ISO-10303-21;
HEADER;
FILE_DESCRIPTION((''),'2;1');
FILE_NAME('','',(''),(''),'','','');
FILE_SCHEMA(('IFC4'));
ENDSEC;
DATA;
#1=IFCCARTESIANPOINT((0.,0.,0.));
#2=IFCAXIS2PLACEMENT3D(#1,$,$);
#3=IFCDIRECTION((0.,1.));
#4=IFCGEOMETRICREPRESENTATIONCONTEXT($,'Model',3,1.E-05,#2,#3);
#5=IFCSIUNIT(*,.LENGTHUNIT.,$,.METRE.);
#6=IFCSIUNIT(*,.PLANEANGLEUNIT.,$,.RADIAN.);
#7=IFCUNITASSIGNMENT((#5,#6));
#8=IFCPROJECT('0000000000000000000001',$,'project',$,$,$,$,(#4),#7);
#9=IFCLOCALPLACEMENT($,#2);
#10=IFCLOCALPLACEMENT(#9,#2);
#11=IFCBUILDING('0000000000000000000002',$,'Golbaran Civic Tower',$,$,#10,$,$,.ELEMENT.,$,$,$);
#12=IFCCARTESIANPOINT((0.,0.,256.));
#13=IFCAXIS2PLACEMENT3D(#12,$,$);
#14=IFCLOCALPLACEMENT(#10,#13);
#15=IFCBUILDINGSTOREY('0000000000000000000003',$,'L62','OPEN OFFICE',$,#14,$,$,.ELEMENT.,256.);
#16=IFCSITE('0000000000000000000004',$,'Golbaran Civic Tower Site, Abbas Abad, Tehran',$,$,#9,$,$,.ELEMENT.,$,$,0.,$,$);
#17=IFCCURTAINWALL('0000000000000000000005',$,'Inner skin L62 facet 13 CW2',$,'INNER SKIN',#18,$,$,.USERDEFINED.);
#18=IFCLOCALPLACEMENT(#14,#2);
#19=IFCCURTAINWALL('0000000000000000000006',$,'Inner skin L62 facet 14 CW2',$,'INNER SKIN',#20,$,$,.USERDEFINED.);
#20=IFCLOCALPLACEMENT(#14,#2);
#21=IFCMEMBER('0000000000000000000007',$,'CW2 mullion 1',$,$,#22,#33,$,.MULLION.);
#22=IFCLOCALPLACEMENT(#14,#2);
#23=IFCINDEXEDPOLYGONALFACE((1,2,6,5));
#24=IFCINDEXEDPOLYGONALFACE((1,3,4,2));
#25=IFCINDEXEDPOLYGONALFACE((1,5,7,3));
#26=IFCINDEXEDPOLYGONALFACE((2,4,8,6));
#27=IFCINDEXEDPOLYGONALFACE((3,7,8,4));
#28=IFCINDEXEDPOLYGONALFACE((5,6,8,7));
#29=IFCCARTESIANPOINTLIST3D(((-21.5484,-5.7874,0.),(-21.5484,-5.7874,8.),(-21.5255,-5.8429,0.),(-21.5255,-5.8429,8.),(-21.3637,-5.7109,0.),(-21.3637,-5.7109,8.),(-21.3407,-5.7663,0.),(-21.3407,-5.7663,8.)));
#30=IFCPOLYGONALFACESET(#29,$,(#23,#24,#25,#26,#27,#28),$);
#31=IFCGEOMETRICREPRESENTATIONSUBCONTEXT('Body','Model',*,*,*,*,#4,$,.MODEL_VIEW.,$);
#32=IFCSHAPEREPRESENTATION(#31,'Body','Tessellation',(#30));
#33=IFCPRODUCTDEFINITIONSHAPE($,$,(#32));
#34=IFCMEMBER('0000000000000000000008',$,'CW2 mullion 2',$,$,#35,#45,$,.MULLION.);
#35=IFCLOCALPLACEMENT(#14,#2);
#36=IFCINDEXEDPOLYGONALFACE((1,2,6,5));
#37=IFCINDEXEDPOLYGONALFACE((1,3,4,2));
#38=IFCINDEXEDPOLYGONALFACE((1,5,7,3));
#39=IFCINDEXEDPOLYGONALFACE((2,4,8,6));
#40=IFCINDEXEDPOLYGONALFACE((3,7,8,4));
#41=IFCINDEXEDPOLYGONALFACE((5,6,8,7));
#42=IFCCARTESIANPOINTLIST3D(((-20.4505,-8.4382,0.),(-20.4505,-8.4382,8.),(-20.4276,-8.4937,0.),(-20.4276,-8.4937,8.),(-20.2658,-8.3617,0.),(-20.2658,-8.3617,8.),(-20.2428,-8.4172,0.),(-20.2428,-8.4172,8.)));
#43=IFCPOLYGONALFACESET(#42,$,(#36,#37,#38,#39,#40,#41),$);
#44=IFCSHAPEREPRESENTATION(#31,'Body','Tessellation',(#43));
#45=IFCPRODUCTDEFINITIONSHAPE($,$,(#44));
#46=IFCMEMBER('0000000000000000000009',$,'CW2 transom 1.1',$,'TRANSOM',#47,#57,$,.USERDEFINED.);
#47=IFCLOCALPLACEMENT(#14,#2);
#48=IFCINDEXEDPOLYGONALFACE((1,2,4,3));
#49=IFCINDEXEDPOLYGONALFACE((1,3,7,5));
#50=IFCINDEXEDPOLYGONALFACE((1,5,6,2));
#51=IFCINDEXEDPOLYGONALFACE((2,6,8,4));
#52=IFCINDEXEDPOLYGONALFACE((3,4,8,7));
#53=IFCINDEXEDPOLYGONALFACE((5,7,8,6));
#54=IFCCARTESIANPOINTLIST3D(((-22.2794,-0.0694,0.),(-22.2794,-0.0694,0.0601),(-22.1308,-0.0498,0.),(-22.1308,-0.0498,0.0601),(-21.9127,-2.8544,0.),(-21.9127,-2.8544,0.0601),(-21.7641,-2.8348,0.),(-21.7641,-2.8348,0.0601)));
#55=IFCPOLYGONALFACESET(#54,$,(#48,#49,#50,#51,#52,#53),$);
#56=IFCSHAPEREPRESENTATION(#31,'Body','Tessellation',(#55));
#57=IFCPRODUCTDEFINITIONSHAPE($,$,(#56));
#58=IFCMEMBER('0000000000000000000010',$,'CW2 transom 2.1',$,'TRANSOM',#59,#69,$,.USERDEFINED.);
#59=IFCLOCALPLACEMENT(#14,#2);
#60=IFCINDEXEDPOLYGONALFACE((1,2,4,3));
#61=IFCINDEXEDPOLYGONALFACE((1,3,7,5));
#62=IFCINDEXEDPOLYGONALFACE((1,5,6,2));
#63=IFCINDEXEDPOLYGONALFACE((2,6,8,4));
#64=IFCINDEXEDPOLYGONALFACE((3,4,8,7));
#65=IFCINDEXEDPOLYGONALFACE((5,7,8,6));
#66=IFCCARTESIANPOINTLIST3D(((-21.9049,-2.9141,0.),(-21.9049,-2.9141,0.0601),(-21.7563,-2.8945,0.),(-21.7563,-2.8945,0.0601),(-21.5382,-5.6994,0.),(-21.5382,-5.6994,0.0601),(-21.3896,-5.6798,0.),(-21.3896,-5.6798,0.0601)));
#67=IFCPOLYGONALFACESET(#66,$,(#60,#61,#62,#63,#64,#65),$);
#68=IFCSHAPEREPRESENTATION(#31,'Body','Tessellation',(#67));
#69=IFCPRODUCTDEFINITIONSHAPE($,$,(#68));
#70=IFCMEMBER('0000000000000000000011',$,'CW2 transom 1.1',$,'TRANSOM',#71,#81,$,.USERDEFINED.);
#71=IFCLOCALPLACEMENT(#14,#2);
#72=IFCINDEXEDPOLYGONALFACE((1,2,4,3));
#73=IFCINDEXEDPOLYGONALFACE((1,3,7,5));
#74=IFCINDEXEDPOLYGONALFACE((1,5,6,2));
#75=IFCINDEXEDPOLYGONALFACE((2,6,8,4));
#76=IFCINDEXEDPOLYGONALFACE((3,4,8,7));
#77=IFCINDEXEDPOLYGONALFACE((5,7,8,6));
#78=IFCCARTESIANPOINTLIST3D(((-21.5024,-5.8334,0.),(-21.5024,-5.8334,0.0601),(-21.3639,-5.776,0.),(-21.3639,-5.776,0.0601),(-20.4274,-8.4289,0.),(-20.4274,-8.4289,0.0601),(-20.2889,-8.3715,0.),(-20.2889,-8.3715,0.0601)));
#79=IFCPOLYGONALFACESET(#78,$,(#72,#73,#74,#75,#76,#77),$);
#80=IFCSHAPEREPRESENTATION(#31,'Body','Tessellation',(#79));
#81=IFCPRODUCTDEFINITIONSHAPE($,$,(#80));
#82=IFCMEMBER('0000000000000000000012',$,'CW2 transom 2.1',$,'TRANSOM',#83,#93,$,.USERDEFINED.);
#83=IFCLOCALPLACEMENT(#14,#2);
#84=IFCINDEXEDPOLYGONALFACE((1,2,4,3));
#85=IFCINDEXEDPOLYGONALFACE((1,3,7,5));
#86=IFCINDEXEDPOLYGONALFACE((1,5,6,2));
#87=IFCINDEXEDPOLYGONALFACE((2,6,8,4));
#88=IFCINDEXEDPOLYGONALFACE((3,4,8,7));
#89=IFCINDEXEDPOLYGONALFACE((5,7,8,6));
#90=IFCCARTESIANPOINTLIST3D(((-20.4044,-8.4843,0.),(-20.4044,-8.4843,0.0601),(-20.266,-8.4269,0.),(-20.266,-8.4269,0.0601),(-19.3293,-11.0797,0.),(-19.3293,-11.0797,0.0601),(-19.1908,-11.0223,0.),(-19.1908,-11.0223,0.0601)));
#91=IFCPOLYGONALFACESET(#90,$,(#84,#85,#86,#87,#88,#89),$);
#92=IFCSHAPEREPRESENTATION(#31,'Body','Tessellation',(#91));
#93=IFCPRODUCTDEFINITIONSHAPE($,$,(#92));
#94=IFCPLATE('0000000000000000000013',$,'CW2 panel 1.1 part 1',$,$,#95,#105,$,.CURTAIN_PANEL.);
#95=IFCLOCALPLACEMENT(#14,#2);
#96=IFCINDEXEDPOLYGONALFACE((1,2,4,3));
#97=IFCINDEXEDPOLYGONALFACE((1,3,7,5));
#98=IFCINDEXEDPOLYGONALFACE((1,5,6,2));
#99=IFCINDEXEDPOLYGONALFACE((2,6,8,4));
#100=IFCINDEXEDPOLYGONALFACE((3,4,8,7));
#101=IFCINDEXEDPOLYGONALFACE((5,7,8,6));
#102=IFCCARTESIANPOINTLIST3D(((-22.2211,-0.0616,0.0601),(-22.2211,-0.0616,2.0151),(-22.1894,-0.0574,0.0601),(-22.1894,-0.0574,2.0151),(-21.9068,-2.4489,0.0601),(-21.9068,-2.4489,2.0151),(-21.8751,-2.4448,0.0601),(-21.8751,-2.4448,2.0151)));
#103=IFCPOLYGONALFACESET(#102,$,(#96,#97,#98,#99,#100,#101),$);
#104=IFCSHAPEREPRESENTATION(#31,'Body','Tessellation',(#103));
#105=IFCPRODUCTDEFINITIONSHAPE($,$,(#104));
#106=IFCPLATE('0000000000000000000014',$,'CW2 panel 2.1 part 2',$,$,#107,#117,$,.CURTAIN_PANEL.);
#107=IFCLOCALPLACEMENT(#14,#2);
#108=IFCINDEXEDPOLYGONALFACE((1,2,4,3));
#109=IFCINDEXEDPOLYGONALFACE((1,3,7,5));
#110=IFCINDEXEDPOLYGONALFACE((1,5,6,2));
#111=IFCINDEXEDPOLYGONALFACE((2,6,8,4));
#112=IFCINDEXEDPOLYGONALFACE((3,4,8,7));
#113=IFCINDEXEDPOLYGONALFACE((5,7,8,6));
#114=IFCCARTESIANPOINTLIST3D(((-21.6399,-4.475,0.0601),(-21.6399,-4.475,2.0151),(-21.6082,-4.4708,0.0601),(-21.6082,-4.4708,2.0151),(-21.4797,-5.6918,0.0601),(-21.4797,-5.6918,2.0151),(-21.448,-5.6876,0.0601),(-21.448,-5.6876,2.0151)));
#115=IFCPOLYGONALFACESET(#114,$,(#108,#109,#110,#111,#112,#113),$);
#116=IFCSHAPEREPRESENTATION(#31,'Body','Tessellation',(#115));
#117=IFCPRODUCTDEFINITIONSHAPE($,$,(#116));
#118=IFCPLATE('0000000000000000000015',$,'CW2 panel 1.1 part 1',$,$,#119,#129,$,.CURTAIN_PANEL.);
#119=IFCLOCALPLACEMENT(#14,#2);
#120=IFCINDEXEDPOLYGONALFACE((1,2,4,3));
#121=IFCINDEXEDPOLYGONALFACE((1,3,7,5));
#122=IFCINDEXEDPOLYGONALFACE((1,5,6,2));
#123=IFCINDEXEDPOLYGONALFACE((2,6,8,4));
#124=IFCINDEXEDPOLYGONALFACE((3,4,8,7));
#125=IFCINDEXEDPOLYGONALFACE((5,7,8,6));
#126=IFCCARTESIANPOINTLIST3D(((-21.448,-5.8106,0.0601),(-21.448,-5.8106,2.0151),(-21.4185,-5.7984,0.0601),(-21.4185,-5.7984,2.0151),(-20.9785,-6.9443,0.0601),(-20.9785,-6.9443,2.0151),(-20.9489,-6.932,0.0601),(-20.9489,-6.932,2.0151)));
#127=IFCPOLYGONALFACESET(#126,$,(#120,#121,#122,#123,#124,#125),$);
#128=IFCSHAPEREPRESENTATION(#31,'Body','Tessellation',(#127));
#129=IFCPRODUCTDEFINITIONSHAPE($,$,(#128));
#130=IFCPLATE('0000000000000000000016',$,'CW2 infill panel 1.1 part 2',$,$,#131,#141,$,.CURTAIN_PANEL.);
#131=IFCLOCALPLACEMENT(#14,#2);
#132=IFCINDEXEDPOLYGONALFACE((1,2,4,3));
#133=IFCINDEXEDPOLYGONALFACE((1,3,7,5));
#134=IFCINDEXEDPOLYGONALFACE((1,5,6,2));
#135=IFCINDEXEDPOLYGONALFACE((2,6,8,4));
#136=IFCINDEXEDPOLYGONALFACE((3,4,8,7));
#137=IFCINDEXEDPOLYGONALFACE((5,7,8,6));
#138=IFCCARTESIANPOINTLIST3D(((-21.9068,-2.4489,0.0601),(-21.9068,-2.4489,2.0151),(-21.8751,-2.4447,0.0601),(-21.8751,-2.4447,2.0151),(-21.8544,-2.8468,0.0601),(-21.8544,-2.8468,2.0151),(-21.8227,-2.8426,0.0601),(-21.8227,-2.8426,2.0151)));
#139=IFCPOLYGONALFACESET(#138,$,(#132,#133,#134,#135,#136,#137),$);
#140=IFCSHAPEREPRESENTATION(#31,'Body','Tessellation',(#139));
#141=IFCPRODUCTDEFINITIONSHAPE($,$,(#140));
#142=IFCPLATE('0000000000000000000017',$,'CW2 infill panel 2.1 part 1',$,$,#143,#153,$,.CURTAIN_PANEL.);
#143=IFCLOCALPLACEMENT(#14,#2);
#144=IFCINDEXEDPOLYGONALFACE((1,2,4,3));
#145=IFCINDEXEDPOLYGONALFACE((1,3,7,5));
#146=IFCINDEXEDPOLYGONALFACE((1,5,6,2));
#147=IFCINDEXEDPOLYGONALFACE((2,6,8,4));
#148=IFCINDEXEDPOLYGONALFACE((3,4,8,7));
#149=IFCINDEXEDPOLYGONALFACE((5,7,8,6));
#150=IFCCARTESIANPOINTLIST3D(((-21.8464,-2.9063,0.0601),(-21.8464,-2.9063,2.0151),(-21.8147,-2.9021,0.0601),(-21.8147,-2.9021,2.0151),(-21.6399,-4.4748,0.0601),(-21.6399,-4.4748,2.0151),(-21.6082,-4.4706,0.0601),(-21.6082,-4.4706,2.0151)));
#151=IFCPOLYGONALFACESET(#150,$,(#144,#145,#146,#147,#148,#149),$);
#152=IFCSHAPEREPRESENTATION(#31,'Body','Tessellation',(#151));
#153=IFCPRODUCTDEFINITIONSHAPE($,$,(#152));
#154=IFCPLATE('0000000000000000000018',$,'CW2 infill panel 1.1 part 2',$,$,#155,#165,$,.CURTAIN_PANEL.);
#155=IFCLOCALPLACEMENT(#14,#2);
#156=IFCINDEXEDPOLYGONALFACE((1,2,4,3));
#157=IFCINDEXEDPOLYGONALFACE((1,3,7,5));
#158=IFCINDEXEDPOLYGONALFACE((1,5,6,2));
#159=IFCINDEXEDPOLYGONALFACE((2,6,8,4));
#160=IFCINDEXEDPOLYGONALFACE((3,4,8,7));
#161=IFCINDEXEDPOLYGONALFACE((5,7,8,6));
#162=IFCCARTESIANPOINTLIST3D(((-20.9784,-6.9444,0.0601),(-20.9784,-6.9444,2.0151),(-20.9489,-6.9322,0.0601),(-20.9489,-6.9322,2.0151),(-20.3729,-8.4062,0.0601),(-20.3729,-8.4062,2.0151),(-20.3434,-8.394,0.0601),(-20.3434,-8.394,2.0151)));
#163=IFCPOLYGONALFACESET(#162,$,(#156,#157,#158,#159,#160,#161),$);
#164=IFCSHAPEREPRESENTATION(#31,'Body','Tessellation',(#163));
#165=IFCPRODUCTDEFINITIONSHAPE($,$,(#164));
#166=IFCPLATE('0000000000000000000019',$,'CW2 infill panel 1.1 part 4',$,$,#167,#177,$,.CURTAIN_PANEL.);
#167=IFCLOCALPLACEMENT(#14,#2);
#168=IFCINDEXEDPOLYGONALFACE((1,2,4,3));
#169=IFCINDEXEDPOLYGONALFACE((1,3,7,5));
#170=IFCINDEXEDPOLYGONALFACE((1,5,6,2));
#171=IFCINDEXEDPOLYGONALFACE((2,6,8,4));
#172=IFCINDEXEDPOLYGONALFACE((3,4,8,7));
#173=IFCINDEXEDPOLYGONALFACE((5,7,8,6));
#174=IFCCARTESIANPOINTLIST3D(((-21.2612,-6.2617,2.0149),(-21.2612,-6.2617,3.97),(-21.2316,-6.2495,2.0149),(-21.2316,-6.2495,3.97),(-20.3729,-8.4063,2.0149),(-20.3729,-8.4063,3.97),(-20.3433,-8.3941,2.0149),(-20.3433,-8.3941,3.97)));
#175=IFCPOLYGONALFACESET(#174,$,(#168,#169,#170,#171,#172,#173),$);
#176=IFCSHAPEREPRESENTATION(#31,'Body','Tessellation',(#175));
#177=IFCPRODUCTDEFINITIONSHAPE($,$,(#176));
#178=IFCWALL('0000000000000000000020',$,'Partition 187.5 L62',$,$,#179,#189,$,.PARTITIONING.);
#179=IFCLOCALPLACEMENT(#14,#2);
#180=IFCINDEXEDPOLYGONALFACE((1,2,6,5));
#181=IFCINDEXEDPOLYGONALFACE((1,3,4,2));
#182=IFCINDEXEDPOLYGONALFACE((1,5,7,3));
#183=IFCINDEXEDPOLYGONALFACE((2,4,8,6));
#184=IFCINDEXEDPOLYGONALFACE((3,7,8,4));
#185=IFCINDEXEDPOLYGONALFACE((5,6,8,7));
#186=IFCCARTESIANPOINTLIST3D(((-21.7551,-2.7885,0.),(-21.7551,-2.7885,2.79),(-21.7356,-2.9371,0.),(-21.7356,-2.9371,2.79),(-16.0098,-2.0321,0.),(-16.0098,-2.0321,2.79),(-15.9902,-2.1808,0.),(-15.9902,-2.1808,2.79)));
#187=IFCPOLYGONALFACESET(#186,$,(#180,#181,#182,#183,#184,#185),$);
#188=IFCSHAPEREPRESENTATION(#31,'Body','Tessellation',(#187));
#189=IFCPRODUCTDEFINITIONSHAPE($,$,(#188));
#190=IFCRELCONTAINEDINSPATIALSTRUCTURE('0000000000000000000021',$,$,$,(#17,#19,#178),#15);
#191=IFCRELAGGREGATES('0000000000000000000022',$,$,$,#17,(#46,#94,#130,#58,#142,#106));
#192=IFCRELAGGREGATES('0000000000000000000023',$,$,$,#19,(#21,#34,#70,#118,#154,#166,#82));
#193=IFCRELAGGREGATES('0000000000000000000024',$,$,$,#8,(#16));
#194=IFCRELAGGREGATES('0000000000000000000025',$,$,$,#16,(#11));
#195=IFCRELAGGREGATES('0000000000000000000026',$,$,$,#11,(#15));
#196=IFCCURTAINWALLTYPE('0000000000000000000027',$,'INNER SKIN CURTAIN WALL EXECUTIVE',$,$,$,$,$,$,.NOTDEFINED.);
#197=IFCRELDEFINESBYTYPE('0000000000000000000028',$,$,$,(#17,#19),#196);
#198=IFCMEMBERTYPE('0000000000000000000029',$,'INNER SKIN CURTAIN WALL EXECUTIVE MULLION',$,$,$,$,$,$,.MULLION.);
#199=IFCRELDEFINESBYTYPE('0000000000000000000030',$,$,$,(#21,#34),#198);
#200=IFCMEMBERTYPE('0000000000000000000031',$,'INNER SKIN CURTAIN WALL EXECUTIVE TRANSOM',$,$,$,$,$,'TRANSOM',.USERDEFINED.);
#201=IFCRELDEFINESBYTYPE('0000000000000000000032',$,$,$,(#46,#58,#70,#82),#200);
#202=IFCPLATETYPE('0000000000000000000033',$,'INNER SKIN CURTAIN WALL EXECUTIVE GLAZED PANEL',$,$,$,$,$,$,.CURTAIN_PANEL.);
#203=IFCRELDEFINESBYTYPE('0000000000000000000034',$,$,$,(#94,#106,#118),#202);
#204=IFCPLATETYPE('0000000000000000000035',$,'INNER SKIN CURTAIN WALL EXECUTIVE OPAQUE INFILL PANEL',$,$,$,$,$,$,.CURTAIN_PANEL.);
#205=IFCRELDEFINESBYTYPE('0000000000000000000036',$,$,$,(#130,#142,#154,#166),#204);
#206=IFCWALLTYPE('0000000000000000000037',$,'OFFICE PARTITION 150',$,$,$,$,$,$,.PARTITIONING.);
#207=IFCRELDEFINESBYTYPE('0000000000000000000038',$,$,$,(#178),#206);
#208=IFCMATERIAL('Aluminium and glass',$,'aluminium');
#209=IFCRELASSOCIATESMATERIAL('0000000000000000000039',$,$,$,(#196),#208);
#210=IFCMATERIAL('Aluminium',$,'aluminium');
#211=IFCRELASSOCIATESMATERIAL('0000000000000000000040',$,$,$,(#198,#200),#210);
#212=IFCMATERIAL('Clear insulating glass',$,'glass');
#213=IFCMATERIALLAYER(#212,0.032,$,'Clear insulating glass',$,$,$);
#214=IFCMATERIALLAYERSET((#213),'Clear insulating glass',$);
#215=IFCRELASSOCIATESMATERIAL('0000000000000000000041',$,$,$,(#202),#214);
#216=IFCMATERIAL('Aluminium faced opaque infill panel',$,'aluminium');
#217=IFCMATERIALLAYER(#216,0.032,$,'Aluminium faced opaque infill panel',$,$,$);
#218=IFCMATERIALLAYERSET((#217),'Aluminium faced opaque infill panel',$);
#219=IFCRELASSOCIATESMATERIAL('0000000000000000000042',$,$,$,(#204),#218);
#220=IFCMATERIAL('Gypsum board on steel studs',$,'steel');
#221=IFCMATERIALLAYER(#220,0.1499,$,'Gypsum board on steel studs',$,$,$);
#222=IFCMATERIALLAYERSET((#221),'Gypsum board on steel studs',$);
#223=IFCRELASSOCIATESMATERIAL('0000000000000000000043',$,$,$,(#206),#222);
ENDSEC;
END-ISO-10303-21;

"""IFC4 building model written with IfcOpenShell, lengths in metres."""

from ifc_helpers import new_model, si_unit, direction, frame, frame_2d, origin, origin_2d, place, context, subcontext, project, spatial, rectangle, extrude, material, layer, layer_set, material_profile, profile_set, type_object, element, aggregate, save


model = new_model("IFC4")

# Units and contexts
model_context = context("Model", 3, precision=1e-05, world=origin(), true_north=direction((0.0, 1.0)))
body_context = subcontext(model_context, "Body", "Model", "MODEL_VIEW")
ifc_project = project(units=[si_unit("LENGTHUNIT", "METRE"), si_unit("PLANEANGLEUNIT", "RADIAN")], contexts=[model_context])

# Site, building, storey
site_placement = place(None, origin())
site = spatial("IfcSite", under=ifc_project, at=site_placement, Name="Golbaran Civic Tower Site, Abbas Abad, Tehran", CompositionType="ELEMENT", RefElevation=0.0)
building_placement = place(site_placement, origin())
building = spatial("IfcBuilding", under=site, at=building_placement, Name="Golbaran Civic Tower", CompositionType="ELEMENT")
storey_placement = place(building_placement, frame((0.0, 0.0, 256.0)))
storey = spatial("IfcBuildingStorey", under=building, at=storey_placement, Name="L62", Description="OPEN OFFICE", CompositionType="ELEMENT", Elevation=256.0)

# Curtain walls, members
ifc_material_1 = material(Name="Aluminium and glass", Category="aluminium")
curtain_wall_type = type_object("IfcCurtainWallType", Name="INNER SKIN CURTAIN WALL EXECUTIVE", PredefinedType="NOTDEFINED", material=ifc_material_1)
curtain_wall_1_placement = place(storey_placement, origin())
curtain_wall_1 = element("IfcCurtainWall", 1, at=curtain_wall_1_placement, inside=storey, type_object=curtain_wall_type, Name="Inner skin L62 facet 13 CW2", ObjectType="INNER SKIN", PredefinedType="USERDEFINED")
ifc_material_2 = material(Name="Aluminium", Category="aluminium")
ifc_material_profile_1 = material_profile(ifc_material_2, rectangle(XDim=0.2, YDim=0.0601, at=origin_2d()), Name="INNER SKIN CURTAIN WALL EXECUTIVE MULLION")
ifc_profile_set_1 = profile_set([ifc_material_profile_1], Name="Aluminium")
member_type_1 = type_object("IfcMemberType", Name="INNER SKIN CURTAIN WALL EXECUTIVE MULLION", PredefinedType="MULLION", material=ifc_profile_set_1)
curtain_wall_2_placement = place(storey_placement, origin())
curtain_wall_2 = element("IfcCurtainWall", 2, at=curtain_wall_2_placement, inside=storey, type_object=curtain_wall_type, Name="Inner skin L62 facet 14 CW2", ObjectType="INNER SKIN", PredefinedType="USERDEFINED")
member_1_placement = place(storey_placement, frame((-21.4446, -5.7769, 0.0), z_axis=(0.0, 0.0, 1.0), x_axis=(0.92388, 0.382683, 0.0)))
member_1 = element("IfcMember", 3, at=member_1_placement, type_object=member_type_1, Name="CW2 mullion 1", PredefinedType="MULLION", context=body_context, shape_type="SweptSolid", body=[
    extrude(rectangle(XDim=0.2, YDim=0.0601, at=origin_2d()), origin(), (0.0, 0.0, 1.0), 8.0),
])
member_2_placement = place(storey_placement, frame((-20.3467, -8.4277, 0.0), z_axis=(0.0, 0.0, 1.0), x_axis=(0.92388, 0.382683, 0.0)))
member_2 = element("IfcMember", 4, at=member_2_placement, type_object=member_type_1, Name="CW2 mullion 2", PredefinedType="MULLION", context=body_context, shape_type="SweptSolid", body=[
    extrude(rectangle(XDim=0.2, YDim=0.0601, at=origin_2d()), origin(), (0.0, 0.0, 1.0), 8.0),
])

# Members
ifc_material_profile_2 = material_profile(ifc_material_2, rectangle(XDim=0.1499, YDim=0.0601, at=origin_2d()), Name="INNER SKIN CURTAIN WALL EXECUTIVE TRANSOM")
ifc_profile_set_2 = profile_set([ifc_material_profile_2], Name="Aluminium")
member_type_2 = type_object("IfcMemberType", Name="INNER SKIN CURTAIN WALL EXECUTIVE TRANSOM", ElementType="TRANSOM", PredefinedType="USERDEFINED", material=ifc_profile_set_2)
member_3_placement = place(storey_placement, frame((-22.2051, -0.0596, 0.03), z_axis=(0.130535, -0.991444, 0.0), x_axis=(0.991444, 0.130535, 0.0)))
member_3 = element("IfcMember", 5, at=member_3_placement, type_object=member_type_2, Name="CW2 transom 1.1", ObjectType="TRANSOM", PredefinedType="USERDEFINED", context=body_context, shape_type="SweptSolid", body=[
    extrude(rectangle(XDim=0.1499, YDim=0.0601, at=origin_2d()), origin(), (0.0, 0.0, 1.0), 2.8091),
])
member_4_placement = place(storey_placement, frame((-21.8306, -2.9043, 0.03), z_axis=(0.130524, -0.991445, 0.0), x_axis=(0.991445, 0.130524, 0.0)))
member_4 = element("IfcMember", 6, at=member_4_placement, type_object=member_type_2, Name="CW2 transom 2.1", ObjectType="TRANSOM", PredefinedType="USERDEFINED", context=body_context, shape_type="SweptSolid", body=[
    extrude(rectangle(XDim=0.1499, YDim=0.0601, at=origin_2d()), origin(), (0.0, 0.0, 1.0), 2.8093),
])
member_5_placement = place(storey_placement, frame((-21.4331, -5.8047, 0.03), z_axis=(0.382646, -0.923895, 0.0), x_axis=(0.923895, 0.382646, 0.0)))
member_5 = element("IfcMember", 7, at=member_5_placement, type_object=member_type_2, Name="CW2 transom 1.1", ObjectType="TRANSOM", PredefinedType="USERDEFINED", context=body_context, shape_type="SweptSolid", body=[
    extrude(rectangle(XDim=0.1499, YDim=0.0601, at=origin_2d()), origin(), (0.0, 0.0, 1.0), 2.8093),
])
member_6_placement = place(storey_placement, frame((-20.3352, -8.4556, 0.03), z_axis=(0.38272, -0.923864, 0.0), x_axis=(0.923864, 0.38272, 0.0)))
member_6 = element("IfcMember", 8, at=member_6_placement, type_object=member_type_2, Name="CW2 transom 2.1", ObjectType="TRANSOM", PredefinedType="USERDEFINED", context=body_context, shape_type="SweptSolid", body=[
    extrude(rectangle(XDim=0.1499, YDim=0.0601, at=origin_2d()), origin(), (0.0, 0.0, 1.0), 2.8093),
])

# Plates
ifc_material_3 = material(Name="Clear insulating glass", Category="glass")
ifc_layer_1 = layer(ifc_material_3, 0.032, Name="Clear insulating glass")
ifc_layer_set_1 = layer_set([ifc_layer_1], Name="Clear insulating glass")
plate_type_1 = type_object("IfcPlateType", Name="INNER SKIN CURTAIN WALL EXECUTIVE GLAZED PANEL", PredefinedType="CURTAIN_PANEL", material=ifc_layer_set_1)
plate_1_placement = place(storey_placement, frame((-22.0481, -1.2532, 0.0601), z_axis=(0.0, 0.0, 1.0), x_axis=(0.130526, -0.991445, 0.0)))
plate_1 = element("IfcPlate", 9, at=plate_1_placement, type_object=plate_type_1, Name="CW2 panel 1.1 part 1", PredefinedType="CURTAIN_PANEL", context=body_context, shape_type="SweptSolid", body=[
    extrude(rectangle(XDim=2.408, YDim=0.032, at=origin_2d()), origin(), (0.0, 0.0, 1.0), 1.9551),
])
plate_2_placement = place(storey_placement, frame((-21.5439, -5.0813, 0.0601), z_axis=(0.0, 0.0, 1.0), x_axis=(0.130526, -0.991445, 0.0)))
plate_2 = element("IfcPlate", 10, at=plate_2_placement, type_object=plate_type_1, Name="CW2 panel 2.1 part 2", PredefinedType="CURTAIN_PANEL", context=body_context, shape_type="SweptSolid", body=[
    extrude(rectangle(XDim=1.2273, YDim=0.032, at=origin_2d()), origin(), (0.0, 0.0, 1.0), 1.9551),
])
plate_3_placement = place(storey_placement, frame((-21.1985, -6.3713, 0.0601), z_axis=(0.0, 0.0, 1.0), x_axis=(0.382683, -0.92388, 0.0)))
plate_3 = element("IfcPlate", 11, at=plate_3_placement, type_object=plate_type_1, Name="CW2 panel 1.1 part 1", PredefinedType="CURTAIN_PANEL", context=body_context, shape_type="SweptSolid", body=[
    extrude(rectangle(XDim=1.2271, YDim=0.032, at=origin_2d()), origin(), (0.0, 0.0, 1.0), 1.9551),
])
ifc_material_4 = material(Name="Aluminium faced opaque infill panel", Category="aluminium")
ifc_layer_2 = layer(ifc_material_4, 0.032, Name="Aluminium faced opaque infill panel")
ifc_layer_set_2 = layer_set([ifc_layer_2], Name="Aluminium faced opaque infill panel")
plate_type_2 = type_object("IfcPlateType", Name="INNER SKIN CURTAIN WALL EXECUTIVE OPAQUE INFILL PANEL", PredefinedType="CURTAIN_PANEL", material=ifc_layer_set_2)
plate_4_placement = place(storey_placement, frame((-21.8647, -2.6458, 0.0601), z_axis=(0.0, 0.0, 1.0), x_axis=(0.130526, -0.991445, 0.0)))
plate_4 = element("IfcPlate", 12, at=plate_4_placement, type_object=plate_type_2, Name="CW2 infill panel 1.1 part 2", PredefinedType="CURTAIN_PANEL", context=body_context, shape_type="SweptSolid", body=[
    extrude(rectangle(XDim=0.4014, YDim=0.032, at=origin_2d()), origin(), (0.0, 0.0, 1.0), 1.9551),
])
plate_5_placement = place(storey_placement, frame((-21.7273, -3.6885, 0.0601), z_axis=(0.0, 0.0, 1.0), x_axis=(0.130526, -0.991445, 0.0)))
plate_5 = element("IfcPlate", 13, at=plate_5_placement, type_object=plate_type_2, Name="CW2 infill panel 2.1 part 1", PredefinedType="CURTAIN_PANEL", context=body_context, shape_type="SweptSolid", body=[
    extrude(rectangle(XDim=1.582, YDim=0.032, at=origin_2d()), origin(), (0.0, 0.0, 1.0), 1.9551),
])
aggregate(curtain_wall_1, [member_3, plate_1, plate_4, member_4, plate_5, plate_2])
plate_6_placement = place(storey_placement, frame((-20.6609, -7.6692, 0.0601), z_axis=(0.0, 0.0, 1.0), x_axis=(0.382683, -0.92388, 0.0)))
plate_6 = element("IfcPlate", 14, at=plate_6_placement, type_object=plate_type_2, Name="CW2 infill panel 1.1 part 2", PredefinedType="CURTAIN_PANEL", context=body_context, shape_type="SweptSolid", body=[
    extrude(rectangle(XDim=1.5823, YDim=0.032, at=origin_2d()), origin(), (0.0, 0.0, 1.0), 1.9551),
])
plate_7_placement = place(storey_placement, frame((-20.8022, -7.3279, 2.0149), z_axis=(0.0, 0.0, 1.0), x_axis=(0.382683, -0.92388, 0.0)))
plate_7 = element("IfcPlate", 15, at=plate_7_placement, type_object=plate_type_2, Name="CW2 infill panel 1.1 part 4", PredefinedType="CURTAIN_PANEL", context=body_context, shape_type="SweptSolid", body=[
    extrude(rectangle(XDim=2.3213, YDim=0.032, at=origin_2d()), origin(), (0.0, 0.0, 1.0), 1.9551),
])
aggregate(curtain_wall_2, [member_1, member_2, member_5, plate_3, plate_6, plate_7, member_6])

# Wall
ifc_material_5 = material(Name="Gypsum board on steel studs", Category="steel")
ifc_layer_3 = layer(ifc_material_5, 0.1499, Name="Gypsum board on steel studs")
ifc_layer_set_3 = layer_set([ifc_layer_3], Name="Gypsum board on steel studs")
wall_type = type_object("IfcWallType", Name="OFFICE PARTITION 150", PredefinedType="PARTITIONING", material=ifc_layer_set_3)
wall_placement = place(storey_placement, frame((-16.0, -2.1064, 0.0), z_axis=(0.0, 0.0, 1.0), x_axis=(-0.991446, -0.130519, 0.0)))
element("IfcWall", 16, at=wall_placement, inside=storey, type_object=wall_type, Name="Partition 187.5 L62", PredefinedType="PARTITIONING", context=body_context, shape_type="SweptSolid", body=[
    extrude(rectangle(XDim=5.7949, YDim=0.1499, at=frame_2d((2.8975, 0.0))), origin(), (0.0, 0.0, 1.0), 2.79),
])

save(model, "model.ifc")
